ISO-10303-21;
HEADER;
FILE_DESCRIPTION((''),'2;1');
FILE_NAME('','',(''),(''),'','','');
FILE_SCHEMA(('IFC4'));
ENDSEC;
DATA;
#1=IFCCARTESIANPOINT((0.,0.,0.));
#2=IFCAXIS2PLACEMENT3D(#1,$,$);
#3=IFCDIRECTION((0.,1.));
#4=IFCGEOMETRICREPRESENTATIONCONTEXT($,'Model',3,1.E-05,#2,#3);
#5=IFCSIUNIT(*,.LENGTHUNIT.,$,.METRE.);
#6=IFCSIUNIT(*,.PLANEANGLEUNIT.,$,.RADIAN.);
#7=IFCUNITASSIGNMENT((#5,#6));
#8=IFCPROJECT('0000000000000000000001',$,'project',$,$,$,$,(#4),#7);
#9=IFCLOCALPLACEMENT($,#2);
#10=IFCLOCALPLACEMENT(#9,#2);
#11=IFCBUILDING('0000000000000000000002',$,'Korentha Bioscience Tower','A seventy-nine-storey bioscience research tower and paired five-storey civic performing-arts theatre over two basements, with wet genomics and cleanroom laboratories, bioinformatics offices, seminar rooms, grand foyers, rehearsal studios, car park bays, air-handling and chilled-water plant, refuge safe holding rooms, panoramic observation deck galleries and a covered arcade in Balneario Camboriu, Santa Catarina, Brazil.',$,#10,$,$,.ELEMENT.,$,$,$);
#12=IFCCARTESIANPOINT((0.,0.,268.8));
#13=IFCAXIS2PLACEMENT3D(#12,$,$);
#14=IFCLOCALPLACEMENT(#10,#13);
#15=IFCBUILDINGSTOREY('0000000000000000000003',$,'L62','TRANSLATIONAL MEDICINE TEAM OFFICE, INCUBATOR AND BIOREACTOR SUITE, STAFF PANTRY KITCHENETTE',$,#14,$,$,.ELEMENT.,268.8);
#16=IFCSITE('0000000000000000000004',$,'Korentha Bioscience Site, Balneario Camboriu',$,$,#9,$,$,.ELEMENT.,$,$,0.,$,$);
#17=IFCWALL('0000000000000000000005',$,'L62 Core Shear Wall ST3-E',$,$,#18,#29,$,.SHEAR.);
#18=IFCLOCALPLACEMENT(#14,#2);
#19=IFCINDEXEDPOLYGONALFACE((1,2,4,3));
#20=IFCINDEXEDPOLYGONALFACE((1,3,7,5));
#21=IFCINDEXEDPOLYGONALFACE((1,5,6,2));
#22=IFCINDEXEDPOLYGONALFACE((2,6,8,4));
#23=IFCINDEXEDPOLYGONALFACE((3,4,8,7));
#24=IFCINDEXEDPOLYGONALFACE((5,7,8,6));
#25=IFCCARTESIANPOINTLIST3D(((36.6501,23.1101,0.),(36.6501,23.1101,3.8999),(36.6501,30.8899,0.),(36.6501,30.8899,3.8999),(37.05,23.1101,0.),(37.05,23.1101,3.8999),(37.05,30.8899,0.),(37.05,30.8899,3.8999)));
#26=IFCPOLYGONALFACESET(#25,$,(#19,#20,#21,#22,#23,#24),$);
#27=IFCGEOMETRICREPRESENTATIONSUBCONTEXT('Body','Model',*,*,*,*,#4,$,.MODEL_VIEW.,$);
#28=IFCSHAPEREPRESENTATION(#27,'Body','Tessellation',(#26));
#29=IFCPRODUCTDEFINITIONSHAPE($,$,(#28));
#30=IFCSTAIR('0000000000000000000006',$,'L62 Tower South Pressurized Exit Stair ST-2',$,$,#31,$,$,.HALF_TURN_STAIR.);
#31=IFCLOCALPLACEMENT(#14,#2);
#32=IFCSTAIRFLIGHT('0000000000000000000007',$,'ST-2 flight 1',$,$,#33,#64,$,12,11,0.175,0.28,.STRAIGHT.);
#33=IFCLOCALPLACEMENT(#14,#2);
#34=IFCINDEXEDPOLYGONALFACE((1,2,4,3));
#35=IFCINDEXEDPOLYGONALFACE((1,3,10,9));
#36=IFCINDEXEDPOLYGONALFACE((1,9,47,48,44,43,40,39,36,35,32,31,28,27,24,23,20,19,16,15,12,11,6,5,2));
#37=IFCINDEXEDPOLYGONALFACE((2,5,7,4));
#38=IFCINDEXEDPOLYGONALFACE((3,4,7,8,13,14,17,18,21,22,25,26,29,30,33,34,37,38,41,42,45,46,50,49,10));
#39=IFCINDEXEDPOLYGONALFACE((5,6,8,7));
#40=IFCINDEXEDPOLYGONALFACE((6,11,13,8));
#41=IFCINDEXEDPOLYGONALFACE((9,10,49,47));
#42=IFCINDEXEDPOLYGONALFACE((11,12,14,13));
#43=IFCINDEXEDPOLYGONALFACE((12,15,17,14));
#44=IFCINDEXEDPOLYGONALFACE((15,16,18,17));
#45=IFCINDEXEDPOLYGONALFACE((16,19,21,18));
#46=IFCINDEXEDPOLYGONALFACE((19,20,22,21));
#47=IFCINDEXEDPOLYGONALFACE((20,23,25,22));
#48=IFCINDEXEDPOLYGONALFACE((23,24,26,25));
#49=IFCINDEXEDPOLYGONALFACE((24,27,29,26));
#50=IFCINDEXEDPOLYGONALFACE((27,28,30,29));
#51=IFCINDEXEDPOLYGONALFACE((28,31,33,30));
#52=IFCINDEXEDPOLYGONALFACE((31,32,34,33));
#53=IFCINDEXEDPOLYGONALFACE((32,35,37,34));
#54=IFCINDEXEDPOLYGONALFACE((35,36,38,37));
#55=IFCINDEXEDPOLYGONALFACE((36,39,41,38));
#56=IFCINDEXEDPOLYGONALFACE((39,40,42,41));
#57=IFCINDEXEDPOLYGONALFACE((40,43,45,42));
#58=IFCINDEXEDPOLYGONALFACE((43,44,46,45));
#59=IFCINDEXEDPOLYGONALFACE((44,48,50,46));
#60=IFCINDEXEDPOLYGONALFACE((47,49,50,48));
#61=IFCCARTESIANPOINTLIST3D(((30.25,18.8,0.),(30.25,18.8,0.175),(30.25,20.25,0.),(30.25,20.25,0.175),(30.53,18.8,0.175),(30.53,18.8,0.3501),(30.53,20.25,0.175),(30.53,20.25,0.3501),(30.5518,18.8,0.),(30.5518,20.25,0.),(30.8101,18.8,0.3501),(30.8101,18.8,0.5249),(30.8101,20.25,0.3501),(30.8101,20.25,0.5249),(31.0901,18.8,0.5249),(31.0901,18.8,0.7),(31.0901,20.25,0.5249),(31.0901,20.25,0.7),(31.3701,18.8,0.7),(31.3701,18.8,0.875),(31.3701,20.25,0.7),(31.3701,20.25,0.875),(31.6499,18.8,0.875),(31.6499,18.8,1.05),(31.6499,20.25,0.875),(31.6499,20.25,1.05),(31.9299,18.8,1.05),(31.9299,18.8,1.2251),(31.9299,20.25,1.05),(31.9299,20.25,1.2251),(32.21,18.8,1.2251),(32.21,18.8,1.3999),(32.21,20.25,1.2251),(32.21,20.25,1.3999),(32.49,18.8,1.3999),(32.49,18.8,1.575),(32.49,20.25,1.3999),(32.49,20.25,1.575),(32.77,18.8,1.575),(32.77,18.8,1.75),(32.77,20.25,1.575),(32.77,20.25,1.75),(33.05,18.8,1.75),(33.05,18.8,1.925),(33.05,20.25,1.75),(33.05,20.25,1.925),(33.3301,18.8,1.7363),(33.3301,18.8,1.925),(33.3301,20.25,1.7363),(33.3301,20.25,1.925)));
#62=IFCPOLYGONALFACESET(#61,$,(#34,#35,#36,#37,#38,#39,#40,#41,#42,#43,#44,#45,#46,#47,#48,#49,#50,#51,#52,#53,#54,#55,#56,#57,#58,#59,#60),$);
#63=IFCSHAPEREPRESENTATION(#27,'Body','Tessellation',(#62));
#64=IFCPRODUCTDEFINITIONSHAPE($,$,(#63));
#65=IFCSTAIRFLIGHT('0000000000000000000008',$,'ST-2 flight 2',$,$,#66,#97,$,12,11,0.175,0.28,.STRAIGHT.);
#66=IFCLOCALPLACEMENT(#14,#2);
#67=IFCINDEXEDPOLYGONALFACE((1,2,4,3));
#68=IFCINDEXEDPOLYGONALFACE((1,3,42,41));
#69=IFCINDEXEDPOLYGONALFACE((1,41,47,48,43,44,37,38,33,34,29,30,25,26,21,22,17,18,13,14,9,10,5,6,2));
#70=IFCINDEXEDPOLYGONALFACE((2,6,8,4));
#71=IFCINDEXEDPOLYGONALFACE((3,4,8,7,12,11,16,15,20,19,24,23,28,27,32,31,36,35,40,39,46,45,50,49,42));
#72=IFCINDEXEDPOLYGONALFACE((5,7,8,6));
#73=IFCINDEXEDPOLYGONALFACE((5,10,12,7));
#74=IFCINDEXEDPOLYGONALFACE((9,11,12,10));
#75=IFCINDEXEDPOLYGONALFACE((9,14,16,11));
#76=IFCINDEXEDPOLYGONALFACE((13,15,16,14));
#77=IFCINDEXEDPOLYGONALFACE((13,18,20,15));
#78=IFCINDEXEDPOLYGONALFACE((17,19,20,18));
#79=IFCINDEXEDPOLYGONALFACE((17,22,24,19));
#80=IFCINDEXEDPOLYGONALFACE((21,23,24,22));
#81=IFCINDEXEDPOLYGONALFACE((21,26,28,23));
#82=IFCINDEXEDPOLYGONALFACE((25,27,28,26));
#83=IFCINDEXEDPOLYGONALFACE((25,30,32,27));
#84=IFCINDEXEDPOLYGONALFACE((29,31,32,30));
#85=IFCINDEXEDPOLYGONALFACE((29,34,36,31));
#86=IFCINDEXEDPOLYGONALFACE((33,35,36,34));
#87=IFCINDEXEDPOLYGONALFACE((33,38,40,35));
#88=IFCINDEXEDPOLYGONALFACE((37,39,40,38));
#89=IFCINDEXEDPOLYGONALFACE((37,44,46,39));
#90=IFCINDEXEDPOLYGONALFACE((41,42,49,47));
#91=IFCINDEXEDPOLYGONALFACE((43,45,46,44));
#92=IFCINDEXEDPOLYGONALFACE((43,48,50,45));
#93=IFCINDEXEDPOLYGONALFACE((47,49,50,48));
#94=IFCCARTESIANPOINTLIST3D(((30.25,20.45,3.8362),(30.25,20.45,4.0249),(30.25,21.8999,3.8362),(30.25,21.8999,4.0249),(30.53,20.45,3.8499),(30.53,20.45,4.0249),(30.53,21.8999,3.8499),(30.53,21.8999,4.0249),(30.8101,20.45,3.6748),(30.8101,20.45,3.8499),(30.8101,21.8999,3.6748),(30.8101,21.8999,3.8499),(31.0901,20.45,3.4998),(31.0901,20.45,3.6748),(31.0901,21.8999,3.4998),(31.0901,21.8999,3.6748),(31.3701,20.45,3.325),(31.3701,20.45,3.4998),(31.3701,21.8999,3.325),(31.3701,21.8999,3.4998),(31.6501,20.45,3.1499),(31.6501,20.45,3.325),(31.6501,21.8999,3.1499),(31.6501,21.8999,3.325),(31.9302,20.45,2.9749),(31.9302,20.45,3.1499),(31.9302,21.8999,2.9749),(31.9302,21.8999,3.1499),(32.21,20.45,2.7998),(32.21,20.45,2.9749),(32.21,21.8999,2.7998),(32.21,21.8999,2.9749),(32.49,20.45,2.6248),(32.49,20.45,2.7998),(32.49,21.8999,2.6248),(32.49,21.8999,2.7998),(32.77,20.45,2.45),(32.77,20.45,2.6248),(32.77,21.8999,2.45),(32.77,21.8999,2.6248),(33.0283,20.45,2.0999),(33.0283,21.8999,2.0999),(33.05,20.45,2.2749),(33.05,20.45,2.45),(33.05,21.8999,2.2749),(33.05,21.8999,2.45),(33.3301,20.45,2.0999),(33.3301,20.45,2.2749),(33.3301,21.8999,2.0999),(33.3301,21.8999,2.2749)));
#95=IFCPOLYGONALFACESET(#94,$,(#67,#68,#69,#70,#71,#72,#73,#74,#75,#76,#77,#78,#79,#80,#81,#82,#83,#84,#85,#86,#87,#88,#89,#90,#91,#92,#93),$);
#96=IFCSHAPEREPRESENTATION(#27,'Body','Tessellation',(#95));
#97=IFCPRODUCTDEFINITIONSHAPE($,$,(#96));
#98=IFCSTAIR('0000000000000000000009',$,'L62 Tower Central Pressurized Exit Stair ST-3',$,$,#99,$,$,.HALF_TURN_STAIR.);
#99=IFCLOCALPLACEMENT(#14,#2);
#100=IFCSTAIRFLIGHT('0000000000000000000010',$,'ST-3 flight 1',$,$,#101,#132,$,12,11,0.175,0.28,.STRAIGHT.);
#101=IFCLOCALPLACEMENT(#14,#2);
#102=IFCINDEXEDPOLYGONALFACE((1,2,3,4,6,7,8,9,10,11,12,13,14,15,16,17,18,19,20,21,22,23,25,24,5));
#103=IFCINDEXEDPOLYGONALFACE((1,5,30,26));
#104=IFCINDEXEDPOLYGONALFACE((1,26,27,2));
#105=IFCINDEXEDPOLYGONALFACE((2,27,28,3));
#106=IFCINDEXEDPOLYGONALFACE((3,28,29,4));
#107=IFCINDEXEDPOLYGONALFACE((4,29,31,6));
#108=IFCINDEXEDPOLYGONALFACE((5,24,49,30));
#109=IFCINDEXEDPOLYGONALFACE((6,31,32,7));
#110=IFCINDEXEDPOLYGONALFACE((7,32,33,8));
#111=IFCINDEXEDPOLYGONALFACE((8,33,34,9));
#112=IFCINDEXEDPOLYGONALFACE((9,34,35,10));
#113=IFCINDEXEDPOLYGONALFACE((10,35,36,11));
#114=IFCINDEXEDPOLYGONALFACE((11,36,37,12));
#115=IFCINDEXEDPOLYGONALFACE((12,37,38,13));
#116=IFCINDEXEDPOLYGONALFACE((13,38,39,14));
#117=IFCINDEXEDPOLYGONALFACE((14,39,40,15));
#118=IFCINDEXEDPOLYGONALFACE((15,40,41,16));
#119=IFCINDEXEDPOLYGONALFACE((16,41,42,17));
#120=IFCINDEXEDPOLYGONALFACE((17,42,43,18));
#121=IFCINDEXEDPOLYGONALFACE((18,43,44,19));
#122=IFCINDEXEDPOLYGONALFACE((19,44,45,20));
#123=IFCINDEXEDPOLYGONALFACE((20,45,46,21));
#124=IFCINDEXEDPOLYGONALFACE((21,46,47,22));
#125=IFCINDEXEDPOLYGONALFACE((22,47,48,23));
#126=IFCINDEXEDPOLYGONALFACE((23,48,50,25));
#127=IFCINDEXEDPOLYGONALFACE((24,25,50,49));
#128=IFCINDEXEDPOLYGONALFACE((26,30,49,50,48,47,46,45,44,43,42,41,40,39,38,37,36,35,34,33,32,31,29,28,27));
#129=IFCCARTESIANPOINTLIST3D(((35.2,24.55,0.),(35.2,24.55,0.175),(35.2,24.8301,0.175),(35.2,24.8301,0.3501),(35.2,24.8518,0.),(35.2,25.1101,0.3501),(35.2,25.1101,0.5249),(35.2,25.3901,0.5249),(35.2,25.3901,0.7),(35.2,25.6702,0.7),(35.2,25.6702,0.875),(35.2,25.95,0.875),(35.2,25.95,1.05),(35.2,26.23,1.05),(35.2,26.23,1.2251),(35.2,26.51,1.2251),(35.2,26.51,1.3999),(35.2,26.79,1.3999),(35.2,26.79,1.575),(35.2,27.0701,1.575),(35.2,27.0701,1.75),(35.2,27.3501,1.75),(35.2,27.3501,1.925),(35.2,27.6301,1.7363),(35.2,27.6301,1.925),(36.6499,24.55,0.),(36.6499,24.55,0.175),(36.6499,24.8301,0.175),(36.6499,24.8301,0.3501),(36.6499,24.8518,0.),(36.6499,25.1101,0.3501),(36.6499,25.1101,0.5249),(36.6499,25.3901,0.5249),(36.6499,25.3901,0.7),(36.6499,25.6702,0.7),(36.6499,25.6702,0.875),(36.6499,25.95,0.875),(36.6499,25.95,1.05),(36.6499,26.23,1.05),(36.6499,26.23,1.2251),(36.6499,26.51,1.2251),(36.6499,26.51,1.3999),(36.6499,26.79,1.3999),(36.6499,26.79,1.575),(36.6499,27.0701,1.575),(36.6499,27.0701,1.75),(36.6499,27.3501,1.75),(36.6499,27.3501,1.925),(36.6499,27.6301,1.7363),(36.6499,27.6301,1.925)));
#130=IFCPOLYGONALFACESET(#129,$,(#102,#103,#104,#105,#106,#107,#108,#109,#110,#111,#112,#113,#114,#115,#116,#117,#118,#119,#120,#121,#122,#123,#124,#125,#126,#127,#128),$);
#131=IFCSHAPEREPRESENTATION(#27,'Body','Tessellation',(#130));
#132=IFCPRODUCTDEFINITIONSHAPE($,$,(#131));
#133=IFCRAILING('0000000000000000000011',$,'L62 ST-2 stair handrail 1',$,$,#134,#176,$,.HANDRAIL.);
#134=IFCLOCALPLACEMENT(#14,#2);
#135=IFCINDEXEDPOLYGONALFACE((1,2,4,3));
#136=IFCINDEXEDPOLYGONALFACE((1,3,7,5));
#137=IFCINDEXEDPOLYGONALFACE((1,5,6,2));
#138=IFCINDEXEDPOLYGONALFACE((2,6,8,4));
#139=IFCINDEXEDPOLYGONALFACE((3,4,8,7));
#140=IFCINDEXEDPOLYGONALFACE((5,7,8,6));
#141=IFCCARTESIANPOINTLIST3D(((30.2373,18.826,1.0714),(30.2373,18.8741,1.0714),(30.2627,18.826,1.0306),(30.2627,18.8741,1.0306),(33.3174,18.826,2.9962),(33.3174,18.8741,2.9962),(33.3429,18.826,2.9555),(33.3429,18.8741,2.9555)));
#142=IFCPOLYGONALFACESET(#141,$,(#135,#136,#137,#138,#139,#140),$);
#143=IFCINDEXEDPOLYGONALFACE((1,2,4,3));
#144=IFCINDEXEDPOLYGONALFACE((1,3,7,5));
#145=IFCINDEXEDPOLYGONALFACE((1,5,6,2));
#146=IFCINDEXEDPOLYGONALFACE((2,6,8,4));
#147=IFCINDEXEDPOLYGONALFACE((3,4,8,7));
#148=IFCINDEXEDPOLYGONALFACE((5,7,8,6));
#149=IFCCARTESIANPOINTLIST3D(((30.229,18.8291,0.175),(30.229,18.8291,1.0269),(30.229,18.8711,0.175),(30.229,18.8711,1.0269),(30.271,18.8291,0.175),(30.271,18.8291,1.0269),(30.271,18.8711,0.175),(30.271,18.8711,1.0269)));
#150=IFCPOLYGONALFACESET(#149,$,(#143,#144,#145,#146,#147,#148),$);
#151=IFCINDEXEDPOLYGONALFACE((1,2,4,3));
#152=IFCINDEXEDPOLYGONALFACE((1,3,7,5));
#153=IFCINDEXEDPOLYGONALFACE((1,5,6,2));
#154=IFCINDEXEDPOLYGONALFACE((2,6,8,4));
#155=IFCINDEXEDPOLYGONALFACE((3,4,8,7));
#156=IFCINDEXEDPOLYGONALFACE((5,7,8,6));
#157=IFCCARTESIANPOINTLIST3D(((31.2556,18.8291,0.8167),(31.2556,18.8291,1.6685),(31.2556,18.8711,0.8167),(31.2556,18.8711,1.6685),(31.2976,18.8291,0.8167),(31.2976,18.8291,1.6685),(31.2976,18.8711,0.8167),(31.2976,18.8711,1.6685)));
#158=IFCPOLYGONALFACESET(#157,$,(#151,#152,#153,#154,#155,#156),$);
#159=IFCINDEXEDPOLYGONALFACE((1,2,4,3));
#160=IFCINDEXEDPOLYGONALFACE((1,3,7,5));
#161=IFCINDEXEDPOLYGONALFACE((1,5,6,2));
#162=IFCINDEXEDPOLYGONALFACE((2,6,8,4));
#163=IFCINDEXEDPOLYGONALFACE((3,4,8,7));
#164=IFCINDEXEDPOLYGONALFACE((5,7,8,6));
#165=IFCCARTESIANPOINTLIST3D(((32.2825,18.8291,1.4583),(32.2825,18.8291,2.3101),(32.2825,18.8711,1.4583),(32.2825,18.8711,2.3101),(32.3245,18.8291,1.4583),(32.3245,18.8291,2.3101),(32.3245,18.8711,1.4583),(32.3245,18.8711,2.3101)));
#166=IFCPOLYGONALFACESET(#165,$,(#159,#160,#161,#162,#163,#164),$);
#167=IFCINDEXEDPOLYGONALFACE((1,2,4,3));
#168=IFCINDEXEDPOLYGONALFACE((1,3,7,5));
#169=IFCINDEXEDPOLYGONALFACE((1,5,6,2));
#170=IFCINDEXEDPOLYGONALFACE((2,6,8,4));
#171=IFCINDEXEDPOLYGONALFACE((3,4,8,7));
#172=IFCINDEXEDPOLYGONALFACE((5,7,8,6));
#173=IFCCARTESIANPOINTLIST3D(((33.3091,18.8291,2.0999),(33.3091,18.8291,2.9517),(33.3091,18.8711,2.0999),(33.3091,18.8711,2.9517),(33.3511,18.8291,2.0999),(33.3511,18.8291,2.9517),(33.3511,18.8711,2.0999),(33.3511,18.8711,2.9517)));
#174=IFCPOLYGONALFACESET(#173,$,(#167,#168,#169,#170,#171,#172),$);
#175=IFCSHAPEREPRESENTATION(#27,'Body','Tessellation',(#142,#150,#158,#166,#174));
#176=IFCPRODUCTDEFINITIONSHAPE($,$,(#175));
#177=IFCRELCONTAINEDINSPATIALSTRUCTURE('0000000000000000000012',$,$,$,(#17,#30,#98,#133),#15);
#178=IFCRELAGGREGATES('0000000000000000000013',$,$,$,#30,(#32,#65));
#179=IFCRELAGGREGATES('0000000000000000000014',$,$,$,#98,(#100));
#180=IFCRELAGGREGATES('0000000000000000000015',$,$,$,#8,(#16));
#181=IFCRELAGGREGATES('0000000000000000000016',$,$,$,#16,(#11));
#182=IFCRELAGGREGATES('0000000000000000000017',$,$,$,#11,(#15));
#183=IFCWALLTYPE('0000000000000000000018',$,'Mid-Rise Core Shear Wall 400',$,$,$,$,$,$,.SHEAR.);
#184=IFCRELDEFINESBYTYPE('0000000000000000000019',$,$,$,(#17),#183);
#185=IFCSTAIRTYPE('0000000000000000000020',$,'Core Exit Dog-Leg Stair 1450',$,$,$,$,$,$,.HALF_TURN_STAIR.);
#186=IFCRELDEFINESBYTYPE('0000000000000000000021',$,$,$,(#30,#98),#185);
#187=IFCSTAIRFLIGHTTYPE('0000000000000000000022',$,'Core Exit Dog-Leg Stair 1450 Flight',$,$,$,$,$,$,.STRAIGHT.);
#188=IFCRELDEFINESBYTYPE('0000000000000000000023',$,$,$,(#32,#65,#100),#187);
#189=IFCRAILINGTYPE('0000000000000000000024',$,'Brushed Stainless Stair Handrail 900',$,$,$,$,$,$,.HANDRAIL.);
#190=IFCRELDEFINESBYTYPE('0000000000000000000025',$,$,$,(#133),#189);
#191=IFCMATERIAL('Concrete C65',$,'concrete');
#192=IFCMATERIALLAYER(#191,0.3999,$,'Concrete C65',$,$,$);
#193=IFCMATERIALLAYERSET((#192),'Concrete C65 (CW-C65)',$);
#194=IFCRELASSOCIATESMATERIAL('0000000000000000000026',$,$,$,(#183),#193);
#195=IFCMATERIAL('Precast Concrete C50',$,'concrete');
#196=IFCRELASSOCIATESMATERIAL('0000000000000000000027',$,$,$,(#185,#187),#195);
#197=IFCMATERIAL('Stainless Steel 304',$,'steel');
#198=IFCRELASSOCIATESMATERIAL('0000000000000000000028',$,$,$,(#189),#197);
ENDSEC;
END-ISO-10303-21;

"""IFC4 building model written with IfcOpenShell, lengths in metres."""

from ifc_helpers import new_model, si_unit, direction, frame, frame_2d, origin, origin_2d, place, context, subcontext, project, spatial, polyline, rectangle, outline, extrude, material, layer, layer_set, type_object, element, aggregate, save


model = new_model("IFC4")

# Units and contexts
model_context = context("Model", 3, precision=1e-05, world=origin(), true_north=direction((0.0, 1.0)))
body_context = subcontext(model_context, "Body", "Model", "MODEL_VIEW")
ifc_project = project(units=[si_unit("LENGTHUNIT", "METRE"), si_unit("PLANEANGLEUNIT", "RADIAN")], contexts=[model_context])

# Site, building, storey
site_placement = place(None, origin())
site = spatial("IfcSite", under=ifc_project, at=site_placement, Name="Korentha Bioscience Site, Balneario Camboriu", CompositionType="ELEMENT", RefElevation=0.0)
building_placement = place(site_placement, origin())
building = spatial("IfcBuilding", under=site, at=building_placement, Name="Korentha Bioscience Tower", Description="A seventy-nine-storey bioscience research tower and paired five-storey civic performing-arts theatre over two basements, with wet genomics and cleanroom laboratories, bioinformatics offices, seminar rooms, grand foyers, rehearsal studios, car park bays, air-handling and chilled-water plant, refuge safe holding rooms, panoramic observation deck galleries and a covered arcade in Balneario Camboriu, Santa Catarina, Brazil.", CompositionType="ELEMENT")
storey_placement = place(building_placement, frame((0.0, 0.0, 268.8)))
storey = spatial("IfcBuildingStorey", under=building, at=storey_placement, Name="L62", Description="TRANSLATIONAL MEDICINE TEAM OFFICE, INCUBATOR AND BIOREACTOR SUITE, STAFF PANTRY KITCHENETTE", CompositionType="ELEMENT", Elevation=268.8)

# Shared definitions
ifc_material_1 = material(Name="Concrete C65", Category="concrete")

# Wall
ifc_layer_1 = layer(ifc_material_1, 0.3999, Name="Concrete C65")
ifc_layer_set_1 = layer_set([ifc_layer_1], Name="Concrete C65 (CW-C65)")
wall_type_1 = type_object("IfcWallType", Name="Mid-Rise Core Shear Wall 400", PredefinedType="SHEAR", material=ifc_layer_set_1)
wall_1_placement = place(storey_placement, frame((36.8501, 23.1101, 0.0), z_axis=(0.0, 0.0, 1.0), x_axis=(0.0, 1.0, 0.0)))
element("IfcWall", 1, at=wall_1_placement, inside=storey, type_object=wall_type_1, Name="L62 Core Shear Wall ST3-E", PredefinedType="SHEAR", context=body_context, shape_type="SweptSolid", body=[
    extrude(rectangle(XDim=7.7798, YDim=0.3999, at=frame_2d((3.8899, 0.0))), origin(), (0.0, 0.0, 1.0), 3.8999),
])

# Stair, stair flights
ifc_material_2 = material(Name="Precast Concrete C50", Category="concrete")
stair_type = type_object("IfcStairType", Name="Core Exit Dog-Leg Stair 1450", PredefinedType="HALF_TURN_STAIR", material=ifc_material_2)
stair_1_placement = place(storey_placement, origin())
stair_1 = element("IfcStair", 2, at=stair_1_placement, inside=storey, type_object=stair_type, Name="L62 Tower South Pressurized Exit Stair ST-2", PredefinedType="HALF_TURN_STAIR")
stair_flight_type = type_object("IfcStairFlightType", Name="Core Exit Dog-Leg Stair 1450 Flight", PredefinedType="STRAIGHT", material=ifc_material_2)
stair_flight_1_placement = place(storey_placement, frame((30.25, 19.5249, 0.0), z_axis=(0.0, 0.0, 1.0), x_axis=(1.0, 0.0, 0.0)))
stair_flight_1 = element("IfcStairFlight", 3, at=stair_flight_1_placement, type_object=stair_flight_type, Name="ST-2 flight 1", NumberOfRisers=12, NumberOfTreads=11, PredefinedType="STRAIGHT", RiserHeight=0.175, TreadLength=0.28, context=body_context, shape_type="SweptSolid", body=[
    extrude(outline(polyline([(0.0, 0.0), (0.0, 0.175), (0.28, 0.175), (0.28, 0.3501), (0.5601, 0.3501), (0.5601, 0.5249), (0.8401, 0.5249), (0.8401, 0.7), (1.1201, 0.7), (1.1201, 0.875), (1.3999, 0.875), (1.3999, 1.05), (1.6799, 1.05), (1.6799, 1.2251), (1.96, 1.2251), (1.96, 1.3999), (2.24, 1.3999), (2.24, 1.575), (2.52, 1.575), (2.52, 1.75), (2.8, 1.75), (2.8, 1.925), (3.0801, 1.925), (3.0801, 2.1001), (3.0801, 1.7363), (0.3018, 0.0), (0.0, 0.0)])), frame((0.0, 0.7251, 0.0), z_axis=(0.0, -1.0, 0.0), x_axis=(1.0, 0.0, 0.0)), (0.0, 0.0, 1.0), 1.45),
])
stair_flight_2_placement = place(storey_placement, frame((33.3301, 21.175, 2.0999), z_axis=(0.0, 0.0, 1.0), x_axis=(-1.0, 0.0, 0.0)))
stair_flight_2 = element("IfcStairFlight", 4, at=stair_flight_2_placement, type_object=stair_flight_type, Name="ST-2 flight 2", NumberOfRisers=12, NumberOfTreads=11, PredefinedType="STRAIGHT", RiserHeight=0.175, TreadLength=0.28, context=body_context, shape_type="SweptSolid", body=[
    extrude(outline(polyline([(0.0, 0.0), (0.0, 0.175), (0.28, 0.175), (0.28, 0.3501), (0.5601, 0.3501), (0.5601, 0.5249), (0.8401, 0.5249), (0.8401, 0.7), (1.1201, 0.7), (1.1201, 0.875), (1.3999, 0.875), (1.3999, 1.05), (1.6799, 1.05), (1.6799, 1.2251), (1.96, 1.2251), (1.96, 1.3999), (2.24, 1.3999), (2.24, 1.575), (2.52, 1.575), (2.52, 1.75), (2.8, 1.75), (2.8, 1.925), (3.0801, 1.925), (3.0801, 2.1001), (3.0801, 1.7363), (0.3018, 0.0), (0.0, 0.0)])), frame((0.0, 0.7251, 0.0), z_axis=(0.0, -1.0, 0.0), x_axis=(1.0, 0.0, 0.0)), (0.0, 0.0, 1.0), 1.45),
])
aggregate(stair_1, [stair_flight_1, stair_flight_2])

# Stair, stair flight
stair_2_placement = place(storey_placement, origin())
stair_2 = element("IfcStair", 5, at=stair_2_placement, inside=storey, type_object=stair_type, Name="L62 Tower Central Pressurized Exit Stair ST-3", PredefinedType="HALF_TURN_STAIR")
stair_flight_3_placement = place(storey_placement, frame((35.925, 24.55, 0.0), z_axis=(0.0, 0.0, 1.0), x_axis=(0.0, 1.0, 0.0)))
stair_flight_3 = element("IfcStairFlight", 6, at=stair_flight_3_placement, type_object=stair_flight_type, Name="ST-3 flight 1", NumberOfRisers=12, NumberOfTreads=11, PredefinedType="STRAIGHT", RiserHeight=0.175, TreadLength=0.28, context=body_context, shape_type="SweptSolid", body=[
    extrude(outline(polyline([(0.0, 0.0), (0.0, 0.175), (0.28, 0.175), (0.28, 0.3501), (0.5601, 0.3501), (0.5601, 0.5249), (0.8401, 0.5249), (0.8401, 0.7), (1.1201, 0.7), (1.1201, 0.875), (1.3999, 0.875), (1.3999, 1.05), (1.6799, 1.05), (1.6799, 1.2251), (1.96, 1.2251), (1.96, 1.3999), (2.24, 1.3999), (2.24, 1.575), (2.52, 1.575), (2.52, 1.75), (2.8, 1.75), (2.8, 1.925), (3.0801, 1.925), (3.0801, 2.1001), (3.0801, 1.7363), (0.3018, 0.0), (0.0, 0.0)])), frame((0.0, 0.7251, 0.0), z_axis=(0.0, -1.0, 0.0), x_axis=(1.0, 0.0, 0.0)), (0.0, 0.0, 1.0), 1.45),
])
aggregate(stair_2, [stair_flight_3])

# Railing
ifc_material_3 = material(Name="Stainless Steel 304", Category="steel")
railing_type_1 = type_object("IfcRailingType", Name="Brushed Stainless Stair Handrail 900", PredefinedType="HANDRAIL", material=ifc_material_3)
railing_1_placement = place(storey_placement, frame((30.25, 18.8501, 0.175)))
element("IfcRailing", 7, at=railing_1_placement, inside=storey, type_object=railing_type_1, Name="L62 ST-2 stair handrail 1", PredefinedType="HANDRAIL", context=body_context, shape_type="SweptSolid", body=[
    extrude(rectangle(XDim=0.0481, YDim=0.0481, at=origin_2d()), frame((0.0, 0.0, 0.876), z_axis=(0.848029, 0.0, 0.529951), x_axis=(0.0, 1.0, 0.0)), (0.0, 0.0, 1.0), 3.6321),
    extrude(rectangle(XDim=0.042, YDim=0.042, at=origin_2d()), origin(), (0.0, 0.0, 1.0), 0.8518),
    extrude(rectangle(XDim=0.042, YDim=0.042, at=origin_2d()), frame((1.0266, 0.0, 0.6416)), (0.0, 0.0, 1.0), 0.8518),
    extrude(rectangle(XDim=0.042, YDim=0.042, at=origin_2d()), frame((2.0535, 0.0, 1.2832)), (0.0, 0.0, 1.0), 0.8518),
    extrude(rectangle(XDim=0.042, YDim=0.042, at=origin_2d()), frame((3.0801, 0.0, 1.9248)), (0.0, 0.0, 1.0), 0.8518),
])

save(model, "model.ifc")
